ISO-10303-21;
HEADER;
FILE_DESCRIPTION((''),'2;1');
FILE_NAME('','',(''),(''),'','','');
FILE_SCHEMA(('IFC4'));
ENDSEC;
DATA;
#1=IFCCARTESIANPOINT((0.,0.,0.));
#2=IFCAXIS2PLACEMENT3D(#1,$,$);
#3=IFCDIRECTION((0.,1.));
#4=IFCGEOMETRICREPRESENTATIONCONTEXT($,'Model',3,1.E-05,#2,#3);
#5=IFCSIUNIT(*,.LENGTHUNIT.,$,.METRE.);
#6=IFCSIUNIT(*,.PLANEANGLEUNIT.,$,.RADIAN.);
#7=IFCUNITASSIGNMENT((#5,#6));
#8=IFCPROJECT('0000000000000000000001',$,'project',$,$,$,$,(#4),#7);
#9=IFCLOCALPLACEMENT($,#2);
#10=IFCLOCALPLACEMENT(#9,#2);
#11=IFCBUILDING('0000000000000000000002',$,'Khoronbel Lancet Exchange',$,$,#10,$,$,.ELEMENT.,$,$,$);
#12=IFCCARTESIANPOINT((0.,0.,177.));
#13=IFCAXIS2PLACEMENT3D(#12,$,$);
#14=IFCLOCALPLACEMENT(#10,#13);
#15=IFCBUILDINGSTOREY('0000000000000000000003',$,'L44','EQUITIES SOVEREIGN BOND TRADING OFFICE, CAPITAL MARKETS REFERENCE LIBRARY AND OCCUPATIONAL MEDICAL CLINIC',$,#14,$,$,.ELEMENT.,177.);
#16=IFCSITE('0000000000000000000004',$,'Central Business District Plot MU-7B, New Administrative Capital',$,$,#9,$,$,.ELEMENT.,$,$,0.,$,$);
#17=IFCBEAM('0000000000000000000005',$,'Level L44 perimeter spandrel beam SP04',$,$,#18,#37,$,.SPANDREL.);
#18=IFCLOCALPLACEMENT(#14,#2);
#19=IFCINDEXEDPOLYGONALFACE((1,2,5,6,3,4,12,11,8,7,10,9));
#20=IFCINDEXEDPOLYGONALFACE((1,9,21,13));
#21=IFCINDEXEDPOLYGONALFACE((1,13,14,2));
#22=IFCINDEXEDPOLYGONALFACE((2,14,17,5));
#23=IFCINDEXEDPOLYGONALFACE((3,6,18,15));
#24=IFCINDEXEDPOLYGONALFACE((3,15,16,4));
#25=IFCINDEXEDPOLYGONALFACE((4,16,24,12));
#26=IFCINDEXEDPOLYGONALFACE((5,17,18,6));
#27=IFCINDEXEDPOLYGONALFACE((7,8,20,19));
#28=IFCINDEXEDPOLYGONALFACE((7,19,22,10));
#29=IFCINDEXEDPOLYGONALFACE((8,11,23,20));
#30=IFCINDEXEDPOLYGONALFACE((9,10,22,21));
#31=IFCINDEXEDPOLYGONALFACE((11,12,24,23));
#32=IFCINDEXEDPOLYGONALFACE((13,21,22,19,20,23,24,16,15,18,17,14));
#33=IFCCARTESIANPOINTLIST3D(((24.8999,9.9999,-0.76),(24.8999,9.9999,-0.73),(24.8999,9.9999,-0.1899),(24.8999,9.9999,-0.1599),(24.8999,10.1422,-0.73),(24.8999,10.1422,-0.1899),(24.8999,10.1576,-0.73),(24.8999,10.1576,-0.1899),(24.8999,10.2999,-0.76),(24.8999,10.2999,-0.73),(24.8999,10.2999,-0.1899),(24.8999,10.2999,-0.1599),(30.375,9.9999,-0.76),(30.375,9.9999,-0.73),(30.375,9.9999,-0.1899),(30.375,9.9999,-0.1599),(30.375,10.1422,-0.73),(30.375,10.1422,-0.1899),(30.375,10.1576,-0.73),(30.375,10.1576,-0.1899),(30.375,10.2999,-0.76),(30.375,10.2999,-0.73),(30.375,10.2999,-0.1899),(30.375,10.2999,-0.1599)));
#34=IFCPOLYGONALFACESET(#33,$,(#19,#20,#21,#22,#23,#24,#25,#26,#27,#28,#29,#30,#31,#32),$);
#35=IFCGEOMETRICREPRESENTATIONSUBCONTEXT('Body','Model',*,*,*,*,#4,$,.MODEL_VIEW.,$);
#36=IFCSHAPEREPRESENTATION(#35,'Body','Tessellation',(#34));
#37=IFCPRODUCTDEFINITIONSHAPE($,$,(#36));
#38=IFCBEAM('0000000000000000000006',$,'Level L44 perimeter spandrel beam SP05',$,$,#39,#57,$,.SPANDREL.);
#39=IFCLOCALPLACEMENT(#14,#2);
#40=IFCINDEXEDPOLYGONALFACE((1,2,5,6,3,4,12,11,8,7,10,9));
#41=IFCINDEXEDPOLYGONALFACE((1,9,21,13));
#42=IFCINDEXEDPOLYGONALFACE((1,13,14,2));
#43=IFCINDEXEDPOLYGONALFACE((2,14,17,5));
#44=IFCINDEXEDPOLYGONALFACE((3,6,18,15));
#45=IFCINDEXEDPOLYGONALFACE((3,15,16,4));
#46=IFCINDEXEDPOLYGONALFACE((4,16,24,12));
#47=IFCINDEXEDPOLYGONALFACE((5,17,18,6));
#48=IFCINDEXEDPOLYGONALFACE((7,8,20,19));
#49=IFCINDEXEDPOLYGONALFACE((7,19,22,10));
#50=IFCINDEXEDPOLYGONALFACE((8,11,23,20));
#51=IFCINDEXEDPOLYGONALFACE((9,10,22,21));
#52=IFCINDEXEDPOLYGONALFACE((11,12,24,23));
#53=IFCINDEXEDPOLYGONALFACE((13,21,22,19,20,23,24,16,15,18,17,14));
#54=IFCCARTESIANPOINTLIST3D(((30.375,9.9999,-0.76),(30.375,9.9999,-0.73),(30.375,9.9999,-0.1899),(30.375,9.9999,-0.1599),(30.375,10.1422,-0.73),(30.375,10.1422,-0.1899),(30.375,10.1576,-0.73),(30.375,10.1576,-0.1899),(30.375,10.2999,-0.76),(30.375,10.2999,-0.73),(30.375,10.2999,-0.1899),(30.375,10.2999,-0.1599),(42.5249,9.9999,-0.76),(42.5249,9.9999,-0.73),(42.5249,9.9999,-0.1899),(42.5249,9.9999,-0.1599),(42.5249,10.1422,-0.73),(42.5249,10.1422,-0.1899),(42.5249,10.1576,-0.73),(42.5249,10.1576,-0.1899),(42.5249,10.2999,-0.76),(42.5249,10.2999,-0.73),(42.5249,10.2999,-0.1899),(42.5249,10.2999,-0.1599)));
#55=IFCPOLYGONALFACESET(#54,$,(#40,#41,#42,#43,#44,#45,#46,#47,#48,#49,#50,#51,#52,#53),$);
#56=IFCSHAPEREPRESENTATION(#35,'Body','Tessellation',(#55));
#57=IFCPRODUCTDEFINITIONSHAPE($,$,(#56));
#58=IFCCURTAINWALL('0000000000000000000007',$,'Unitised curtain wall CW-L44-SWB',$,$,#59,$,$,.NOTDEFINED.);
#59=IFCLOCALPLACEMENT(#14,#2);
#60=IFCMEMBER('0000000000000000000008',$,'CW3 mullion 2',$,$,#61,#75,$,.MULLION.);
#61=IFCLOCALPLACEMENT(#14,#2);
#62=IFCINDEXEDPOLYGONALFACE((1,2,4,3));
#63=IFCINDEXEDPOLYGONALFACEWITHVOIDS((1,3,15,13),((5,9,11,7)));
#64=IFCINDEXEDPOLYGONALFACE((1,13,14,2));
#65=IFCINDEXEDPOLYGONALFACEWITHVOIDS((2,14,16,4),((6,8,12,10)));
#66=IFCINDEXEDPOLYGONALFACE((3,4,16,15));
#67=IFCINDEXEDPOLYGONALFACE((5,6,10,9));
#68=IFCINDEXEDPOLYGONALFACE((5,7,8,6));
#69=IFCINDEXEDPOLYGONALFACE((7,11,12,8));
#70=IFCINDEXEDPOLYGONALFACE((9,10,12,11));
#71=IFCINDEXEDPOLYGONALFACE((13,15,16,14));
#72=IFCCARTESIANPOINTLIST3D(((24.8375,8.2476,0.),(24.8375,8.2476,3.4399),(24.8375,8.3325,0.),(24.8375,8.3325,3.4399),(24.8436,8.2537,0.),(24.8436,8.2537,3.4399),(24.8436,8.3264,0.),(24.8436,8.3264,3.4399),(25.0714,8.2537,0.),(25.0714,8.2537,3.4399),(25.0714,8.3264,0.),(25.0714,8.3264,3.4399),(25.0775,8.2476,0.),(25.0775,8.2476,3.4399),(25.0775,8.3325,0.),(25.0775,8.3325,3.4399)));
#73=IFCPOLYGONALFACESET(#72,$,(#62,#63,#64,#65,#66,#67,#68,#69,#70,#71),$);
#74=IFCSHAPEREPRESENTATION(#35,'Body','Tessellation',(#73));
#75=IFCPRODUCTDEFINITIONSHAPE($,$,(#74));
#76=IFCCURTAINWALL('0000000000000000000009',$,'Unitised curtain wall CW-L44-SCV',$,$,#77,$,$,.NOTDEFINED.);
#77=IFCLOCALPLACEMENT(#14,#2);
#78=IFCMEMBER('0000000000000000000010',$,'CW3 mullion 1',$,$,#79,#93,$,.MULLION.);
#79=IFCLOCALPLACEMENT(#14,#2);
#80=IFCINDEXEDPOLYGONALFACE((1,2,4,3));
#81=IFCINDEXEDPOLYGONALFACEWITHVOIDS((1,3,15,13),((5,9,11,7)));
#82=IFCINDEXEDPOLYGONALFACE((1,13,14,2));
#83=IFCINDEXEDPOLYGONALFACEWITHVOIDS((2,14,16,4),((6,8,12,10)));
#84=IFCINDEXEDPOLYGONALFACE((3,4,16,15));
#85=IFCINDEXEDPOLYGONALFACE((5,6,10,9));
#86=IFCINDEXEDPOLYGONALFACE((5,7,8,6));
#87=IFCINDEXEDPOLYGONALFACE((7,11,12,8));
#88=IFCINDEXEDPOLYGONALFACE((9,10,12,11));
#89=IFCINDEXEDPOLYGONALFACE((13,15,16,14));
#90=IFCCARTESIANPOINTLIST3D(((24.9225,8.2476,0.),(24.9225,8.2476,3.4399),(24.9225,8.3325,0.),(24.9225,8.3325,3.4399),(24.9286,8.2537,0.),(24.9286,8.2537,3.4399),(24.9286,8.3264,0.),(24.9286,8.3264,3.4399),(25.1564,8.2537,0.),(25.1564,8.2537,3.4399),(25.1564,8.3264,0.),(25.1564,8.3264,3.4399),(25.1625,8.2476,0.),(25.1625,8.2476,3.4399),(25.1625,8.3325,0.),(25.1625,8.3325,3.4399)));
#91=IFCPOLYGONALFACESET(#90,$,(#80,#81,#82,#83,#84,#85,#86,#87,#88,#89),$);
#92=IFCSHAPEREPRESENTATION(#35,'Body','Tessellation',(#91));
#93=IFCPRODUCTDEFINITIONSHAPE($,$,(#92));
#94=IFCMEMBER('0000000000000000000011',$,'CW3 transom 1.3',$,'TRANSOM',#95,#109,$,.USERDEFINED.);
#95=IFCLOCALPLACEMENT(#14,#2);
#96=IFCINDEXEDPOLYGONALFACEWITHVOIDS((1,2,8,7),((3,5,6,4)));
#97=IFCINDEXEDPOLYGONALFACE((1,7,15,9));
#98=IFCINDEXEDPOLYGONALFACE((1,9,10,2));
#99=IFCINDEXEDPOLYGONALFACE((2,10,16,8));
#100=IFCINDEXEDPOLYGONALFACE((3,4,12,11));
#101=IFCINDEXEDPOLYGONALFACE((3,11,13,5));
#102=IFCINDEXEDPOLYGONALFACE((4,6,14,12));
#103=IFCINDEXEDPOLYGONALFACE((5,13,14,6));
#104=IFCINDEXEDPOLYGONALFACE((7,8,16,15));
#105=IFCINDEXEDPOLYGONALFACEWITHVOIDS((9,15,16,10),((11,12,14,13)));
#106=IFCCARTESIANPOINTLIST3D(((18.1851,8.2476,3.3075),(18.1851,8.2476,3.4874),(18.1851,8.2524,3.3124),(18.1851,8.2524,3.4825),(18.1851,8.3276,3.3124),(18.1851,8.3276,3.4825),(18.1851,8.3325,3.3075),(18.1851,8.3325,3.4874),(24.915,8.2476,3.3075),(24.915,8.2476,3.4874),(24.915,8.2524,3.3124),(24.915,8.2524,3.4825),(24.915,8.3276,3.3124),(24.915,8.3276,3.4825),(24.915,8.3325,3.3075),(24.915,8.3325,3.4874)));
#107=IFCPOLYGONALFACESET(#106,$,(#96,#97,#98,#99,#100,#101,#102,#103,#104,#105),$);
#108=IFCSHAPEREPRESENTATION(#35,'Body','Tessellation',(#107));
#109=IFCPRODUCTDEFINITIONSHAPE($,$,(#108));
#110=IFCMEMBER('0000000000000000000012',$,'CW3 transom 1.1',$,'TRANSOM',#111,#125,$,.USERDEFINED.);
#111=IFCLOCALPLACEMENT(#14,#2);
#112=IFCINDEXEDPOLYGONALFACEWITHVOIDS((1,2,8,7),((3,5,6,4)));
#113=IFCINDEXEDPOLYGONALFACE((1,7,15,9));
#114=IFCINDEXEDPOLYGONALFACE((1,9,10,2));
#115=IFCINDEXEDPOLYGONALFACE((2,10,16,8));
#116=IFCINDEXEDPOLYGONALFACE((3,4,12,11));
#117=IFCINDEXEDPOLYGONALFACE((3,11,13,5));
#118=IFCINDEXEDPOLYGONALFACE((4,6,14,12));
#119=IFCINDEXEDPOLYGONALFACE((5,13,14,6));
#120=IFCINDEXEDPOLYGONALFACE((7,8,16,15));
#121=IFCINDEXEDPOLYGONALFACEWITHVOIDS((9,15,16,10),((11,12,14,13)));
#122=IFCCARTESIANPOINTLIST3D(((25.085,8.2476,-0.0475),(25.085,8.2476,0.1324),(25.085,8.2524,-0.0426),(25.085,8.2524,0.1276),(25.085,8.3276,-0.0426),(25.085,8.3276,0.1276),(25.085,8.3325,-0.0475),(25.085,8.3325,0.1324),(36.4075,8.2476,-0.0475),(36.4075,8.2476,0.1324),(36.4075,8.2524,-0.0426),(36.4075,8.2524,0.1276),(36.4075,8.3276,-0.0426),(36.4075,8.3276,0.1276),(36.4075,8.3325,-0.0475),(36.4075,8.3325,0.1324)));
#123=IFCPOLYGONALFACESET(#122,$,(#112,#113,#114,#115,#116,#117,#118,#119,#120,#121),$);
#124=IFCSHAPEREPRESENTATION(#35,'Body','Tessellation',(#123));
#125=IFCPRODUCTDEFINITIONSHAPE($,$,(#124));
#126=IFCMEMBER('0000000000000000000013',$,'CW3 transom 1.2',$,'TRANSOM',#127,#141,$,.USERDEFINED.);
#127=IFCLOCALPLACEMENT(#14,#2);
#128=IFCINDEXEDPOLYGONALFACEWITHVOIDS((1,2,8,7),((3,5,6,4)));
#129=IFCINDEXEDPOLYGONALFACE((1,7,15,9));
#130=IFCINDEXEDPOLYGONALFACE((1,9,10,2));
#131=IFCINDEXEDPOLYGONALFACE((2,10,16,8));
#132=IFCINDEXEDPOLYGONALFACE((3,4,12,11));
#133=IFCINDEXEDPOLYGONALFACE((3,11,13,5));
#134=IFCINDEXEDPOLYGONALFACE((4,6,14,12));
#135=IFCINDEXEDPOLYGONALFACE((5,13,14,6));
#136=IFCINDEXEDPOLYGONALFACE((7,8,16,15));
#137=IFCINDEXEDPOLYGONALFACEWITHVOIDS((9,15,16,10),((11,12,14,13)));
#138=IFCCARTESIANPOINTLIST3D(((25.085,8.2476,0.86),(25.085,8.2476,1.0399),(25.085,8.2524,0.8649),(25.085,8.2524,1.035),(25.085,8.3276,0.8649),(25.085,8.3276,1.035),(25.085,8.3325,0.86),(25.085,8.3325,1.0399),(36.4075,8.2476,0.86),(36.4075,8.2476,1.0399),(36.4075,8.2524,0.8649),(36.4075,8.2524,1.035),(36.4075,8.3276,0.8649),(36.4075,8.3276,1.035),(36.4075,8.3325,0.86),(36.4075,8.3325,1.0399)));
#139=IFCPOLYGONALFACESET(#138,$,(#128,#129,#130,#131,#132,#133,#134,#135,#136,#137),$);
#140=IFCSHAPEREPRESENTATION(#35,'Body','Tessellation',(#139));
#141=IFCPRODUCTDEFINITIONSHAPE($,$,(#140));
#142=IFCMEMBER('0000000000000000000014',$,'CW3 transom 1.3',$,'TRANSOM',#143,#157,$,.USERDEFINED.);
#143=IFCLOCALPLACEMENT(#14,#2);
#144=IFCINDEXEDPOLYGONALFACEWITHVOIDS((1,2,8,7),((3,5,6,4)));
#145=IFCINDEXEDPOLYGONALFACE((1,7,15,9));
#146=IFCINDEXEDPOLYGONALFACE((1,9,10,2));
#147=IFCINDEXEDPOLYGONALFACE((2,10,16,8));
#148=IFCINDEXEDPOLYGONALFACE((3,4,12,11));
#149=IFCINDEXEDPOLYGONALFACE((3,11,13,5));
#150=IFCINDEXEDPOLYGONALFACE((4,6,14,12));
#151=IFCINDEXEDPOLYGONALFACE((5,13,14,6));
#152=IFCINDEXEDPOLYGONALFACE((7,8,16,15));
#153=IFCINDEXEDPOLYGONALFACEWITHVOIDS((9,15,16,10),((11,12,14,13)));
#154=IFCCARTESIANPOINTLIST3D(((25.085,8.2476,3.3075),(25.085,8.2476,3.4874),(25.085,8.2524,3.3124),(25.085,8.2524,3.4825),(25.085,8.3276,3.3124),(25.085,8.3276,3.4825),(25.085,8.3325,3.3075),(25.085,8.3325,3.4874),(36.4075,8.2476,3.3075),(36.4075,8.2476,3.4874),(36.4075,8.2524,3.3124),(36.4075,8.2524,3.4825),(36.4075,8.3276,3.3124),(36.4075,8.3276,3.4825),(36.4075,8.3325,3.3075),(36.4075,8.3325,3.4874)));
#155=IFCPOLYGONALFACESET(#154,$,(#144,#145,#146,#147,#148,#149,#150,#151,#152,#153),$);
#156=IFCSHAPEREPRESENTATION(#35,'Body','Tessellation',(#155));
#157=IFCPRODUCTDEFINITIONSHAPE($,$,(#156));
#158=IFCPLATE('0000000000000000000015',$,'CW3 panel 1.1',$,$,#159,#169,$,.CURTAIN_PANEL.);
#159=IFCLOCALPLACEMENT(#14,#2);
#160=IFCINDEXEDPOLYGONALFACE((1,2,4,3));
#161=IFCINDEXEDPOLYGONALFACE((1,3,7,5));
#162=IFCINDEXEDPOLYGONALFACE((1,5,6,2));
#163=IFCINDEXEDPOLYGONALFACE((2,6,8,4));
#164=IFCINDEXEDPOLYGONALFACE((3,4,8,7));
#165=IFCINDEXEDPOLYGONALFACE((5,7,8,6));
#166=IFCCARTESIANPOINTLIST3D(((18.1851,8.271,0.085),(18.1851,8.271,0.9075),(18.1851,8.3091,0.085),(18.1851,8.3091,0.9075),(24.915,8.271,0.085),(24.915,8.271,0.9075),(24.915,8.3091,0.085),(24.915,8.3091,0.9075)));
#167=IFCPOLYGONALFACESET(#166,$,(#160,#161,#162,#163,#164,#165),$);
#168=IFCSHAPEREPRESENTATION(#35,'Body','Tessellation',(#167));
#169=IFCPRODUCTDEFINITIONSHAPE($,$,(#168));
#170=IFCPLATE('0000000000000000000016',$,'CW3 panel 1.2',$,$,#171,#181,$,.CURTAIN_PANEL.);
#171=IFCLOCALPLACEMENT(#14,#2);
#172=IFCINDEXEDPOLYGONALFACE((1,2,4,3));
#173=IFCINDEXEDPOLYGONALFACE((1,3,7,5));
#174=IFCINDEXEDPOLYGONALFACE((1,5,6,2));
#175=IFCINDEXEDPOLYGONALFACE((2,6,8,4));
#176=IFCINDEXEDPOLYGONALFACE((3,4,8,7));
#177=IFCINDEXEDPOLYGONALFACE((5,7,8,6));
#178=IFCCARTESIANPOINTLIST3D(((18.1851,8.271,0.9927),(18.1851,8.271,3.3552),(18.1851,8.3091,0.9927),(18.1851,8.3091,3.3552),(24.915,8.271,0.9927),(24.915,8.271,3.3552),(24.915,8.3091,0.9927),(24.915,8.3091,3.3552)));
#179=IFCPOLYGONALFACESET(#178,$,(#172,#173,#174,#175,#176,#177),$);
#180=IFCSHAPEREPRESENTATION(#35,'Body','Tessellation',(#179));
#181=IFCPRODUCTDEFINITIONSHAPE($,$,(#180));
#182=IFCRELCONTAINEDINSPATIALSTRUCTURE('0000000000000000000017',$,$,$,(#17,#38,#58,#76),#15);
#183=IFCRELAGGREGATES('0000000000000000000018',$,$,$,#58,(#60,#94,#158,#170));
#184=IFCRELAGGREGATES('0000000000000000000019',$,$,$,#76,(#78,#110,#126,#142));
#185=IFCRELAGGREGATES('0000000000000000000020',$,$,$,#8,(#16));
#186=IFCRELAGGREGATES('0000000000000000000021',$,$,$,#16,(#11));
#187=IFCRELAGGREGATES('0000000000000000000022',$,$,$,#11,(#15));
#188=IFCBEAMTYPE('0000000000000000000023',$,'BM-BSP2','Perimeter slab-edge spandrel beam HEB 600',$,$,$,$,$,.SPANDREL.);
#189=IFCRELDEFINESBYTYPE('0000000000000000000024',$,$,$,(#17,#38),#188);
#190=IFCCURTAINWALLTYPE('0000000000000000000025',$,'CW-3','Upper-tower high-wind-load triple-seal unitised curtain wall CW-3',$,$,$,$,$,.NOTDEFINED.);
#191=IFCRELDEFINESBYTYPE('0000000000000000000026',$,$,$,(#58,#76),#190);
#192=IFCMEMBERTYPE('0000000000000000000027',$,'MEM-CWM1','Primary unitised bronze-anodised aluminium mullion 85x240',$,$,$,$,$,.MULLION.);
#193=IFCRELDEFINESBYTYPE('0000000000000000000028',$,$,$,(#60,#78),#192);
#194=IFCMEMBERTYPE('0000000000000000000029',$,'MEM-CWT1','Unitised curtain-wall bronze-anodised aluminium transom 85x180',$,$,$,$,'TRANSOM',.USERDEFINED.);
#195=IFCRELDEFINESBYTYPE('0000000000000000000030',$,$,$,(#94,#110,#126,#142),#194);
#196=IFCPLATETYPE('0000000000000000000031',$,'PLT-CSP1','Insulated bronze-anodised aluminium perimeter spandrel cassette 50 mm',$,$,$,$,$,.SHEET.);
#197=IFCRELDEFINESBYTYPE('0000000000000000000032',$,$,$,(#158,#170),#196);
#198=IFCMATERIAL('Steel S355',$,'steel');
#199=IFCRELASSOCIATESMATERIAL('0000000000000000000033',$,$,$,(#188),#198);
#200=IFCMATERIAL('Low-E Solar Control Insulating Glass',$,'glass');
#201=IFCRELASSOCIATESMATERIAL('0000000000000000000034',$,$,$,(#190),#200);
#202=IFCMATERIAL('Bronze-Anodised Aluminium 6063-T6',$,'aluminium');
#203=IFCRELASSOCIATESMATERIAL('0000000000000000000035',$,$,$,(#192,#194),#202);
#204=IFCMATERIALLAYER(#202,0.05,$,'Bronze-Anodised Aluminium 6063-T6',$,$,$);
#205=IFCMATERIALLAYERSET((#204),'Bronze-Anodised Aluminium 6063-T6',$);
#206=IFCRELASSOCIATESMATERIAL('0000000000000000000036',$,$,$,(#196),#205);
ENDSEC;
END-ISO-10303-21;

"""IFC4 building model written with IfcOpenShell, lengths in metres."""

from ifc_helpers import new_model, si_unit, direction, frame, origin, origin_2d, place, context, subcontext, project, spatial, rectangle, hollow_rectangle, i_section, extrude, material, layer, layer_set, material_profile, profile_set, type_object, element, aggregate, save


model = new_model("IFC4")

# Units and contexts
model_context = context("Model", 3, precision=1e-05, world=origin(), true_north=direction((0.0, 1.0)))
body_context = subcontext(model_context, "Body", "Model", "MODEL_VIEW")
ifc_project = project(units=[si_unit("LENGTHUNIT", "METRE"), si_unit("PLANEANGLEUNIT", "RADIAN")], contexts=[model_context])

# Site, building, storey
site_placement = place(None, origin())
site = spatial("IfcSite", under=ifc_project, at=site_placement, Name="Central Business District Plot MU-7B, New Administrative Capital", CompositionType="ELEMENT", RefElevation=0.0)
building_placement = place(site_placement, origin())
building = spatial("IfcBuilding", under=site, at=building_placement, Name="Khoronbel Lancet Exchange", CompositionType="ELEMENT")
storey_placement = place(building_placement, frame((0.0, 0.0, 177.0)))
storey = spatial("IfcBuildingStorey", under=building, at=storey_placement, Name="L44", Description="EQUITIES SOVEREIGN BOND TRADING OFFICE, CAPITAL MARKETS REFERENCE LIBRARY AND OCCUPATIONAL MEDICAL CLINIC", CompositionType="ELEMENT", Elevation=177.0)

# Beams
ifc_material_1 = material(Name="Steel S355", Category="steel")
ifc_material_profile_1 = material_profile(ifc_material_1, i_section(OverallWidth=0.3, OverallDepth=0.6001, WebThickness=0.0154, FlangeThickness=0.03, at=origin_2d()), Name="HEB 600")
ifc_profile_set_1 = profile_set([ifc_material_profile_1], Name="Steel S355")
beam_type_1 = type_object("IfcBeamType", Name="BM-BSP2", Description="Perimeter slab-edge spandrel beam HEB 600", PredefinedType="SPANDREL", material=ifc_profile_set_1)
beam_1_placement = place(storey_placement, frame((24.8999, 10.1499, -0.46), z_axis=(1.0, 0.0, 0.0), x_axis=(0.0, 1.0, 0.0)))
element("IfcBeam", 1, at=beam_1_placement, inside=storey, type_object=beam_type_1, Name="Level L44 perimeter spandrel beam SP04", PredefinedType="SPANDREL", context=body_context, shape_type="SweptSolid", body=[
    extrude(i_section(OverallWidth=0.3, OverallDepth=0.6001, WebThickness=0.0154, FlangeThickness=0.03, at=origin_2d()), origin(), (0.0, 0.0, 1.0), 5.4751),
])
beam_2_placement = place(storey_placement, frame((30.375, 10.1499, -0.46), z_axis=(1.0, 0.0, 0.0), x_axis=(0.0, 1.0, 0.0)))
element("IfcBeam", 2, at=beam_2_placement, inside=storey, type_object=beam_type_1, Name="Level L44 perimeter spandrel beam SP05", PredefinedType="SPANDREL", context=body_context, shape_type="SweptSolid", body=[
    extrude(i_section(OverallWidth=0.3, OverallDepth=0.6001, WebThickness=0.0154, FlangeThickness=0.03, at=origin_2d()), origin(), (0.0, 0.0, 1.0), 12.1499),
])

# Curtain walls, members
ifc_material_2 = material(Name="Low-E Solar Control Insulating Glass", Category="glass")
curtain_wall_type = type_object("IfcCurtainWallType", Name="CW-3", Description="Upper-tower high-wind-load triple-seal unitised curtain wall CW-3", PredefinedType="NOTDEFINED", material=ifc_material_2)
curtain_wall_1_placement = place(storey_placement, origin())
curtain_wall_1 = element("IfcCurtainWall", 3, at=curtain_wall_1_placement, inside=storey, type_object=curtain_wall_type, Name="Unitised curtain wall CW-L44-SWB", PredefinedType="NOTDEFINED")
ifc_material_3 = material(Name="Bronze-Anodised Aluminium 6063-T6", Category="aluminium")
ifc_material_profile_2 = material_profile(ifc_material_3, hollow_rectangle(XDim=0.085, YDim=0.24, WallThickness=0.0061, at=origin_2d()), Name="ALU MULLION 85x240")
ifc_profile_set_2 = profile_set([ifc_material_profile_2], Name="Bronze-Anodised Aluminium 6063-T6")
member_type_1 = type_object("IfcMemberType", Name="MEM-CWM1", Description="Primary unitised bronze-anodised aluminium mullion 85x240", PredefinedType="MULLION", material=ifc_profile_set_2)
member_1_placement = place(storey_placement, frame((24.9575, 8.29, 0.0), z_axis=(0.0, 0.0, 1.0), x_axis=(0.0, 1.0, 0.0)))
member_1 = element("IfcMember", 4, at=member_1_placement, type_object=member_type_1, Name="CW3 mullion 2", PredefinedType="MULLION", context=body_context, shape_type="SweptSolid", body=[
    extrude(hollow_rectangle(XDim=0.085, YDim=0.24, WallThickness=0.0061, at=origin_2d()), origin(), (0.0, 0.0, 1.0), 3.4399),
])
curtain_wall_2_placement = place(storey_placement, origin())
curtain_wall_2 = element("IfcCurtainWall", 5, at=curtain_wall_2_placement, inside=storey, type_object=curtain_wall_type, Name="Unitised curtain wall CW-L44-SCV", PredefinedType="NOTDEFINED")
member_2_placement = place(storey_placement, frame((25.0425, 8.29, 0.0), z_axis=(0.0, 0.0, 1.0), x_axis=(0.0, 1.0, 0.0)))
member_2 = element("IfcMember", 6, at=member_2_placement, type_object=member_type_1, Name="CW3 mullion 1", PredefinedType="MULLION", context=body_context, shape_type="SweptSolid", body=[
    extrude(hollow_rectangle(XDim=0.085, YDim=0.24, WallThickness=0.0061, at=origin_2d()), origin(), (0.0, 0.0, 1.0), 3.4399),
])

# Members
ifc_material_profile_3 = material_profile(ifc_material_3, hollow_rectangle(XDim=0.085, YDim=0.1799, WallThickness=0.0049, at=origin_2d()), Name="ALU TRANSOM 85x180")
ifc_profile_set_3 = profile_set([ifc_material_profile_3], Name="Bronze-Anodised Aluminium 6063-T6")
member_type_2 = type_object("IfcMemberType", Name="MEM-CWT1", Description="Unitised curtain-wall bronze-anodised aluminium transom 85x180", ElementType="TRANSOM", PredefinedType="USERDEFINED", material=ifc_profile_set_3)
member_3_placement = place(storey_placement, frame((18.1851, 8.29, 3.3975), z_axis=(1.0, 0.0, 0.0), x_axis=(0.0, 1.0, 0.0)))
member_3 = element("IfcMember", 7, at=member_3_placement, type_object=member_type_2, Name="CW3 transom 1.3", ObjectType="TRANSOM", PredefinedType="USERDEFINED", context=body_context, shape_type="SweptSolid", body=[
    extrude(hollow_rectangle(XDim=0.085, YDim=0.1799, WallThickness=0.0049, at=origin_2d()), origin(), (0.0, 0.0, 1.0), 6.73),
])
member_4_placement = place(storey_placement, frame((25.085, 8.29, 0.0425), z_axis=(1.0, 0.0, 0.0), x_axis=(0.0, 1.0, 0.0)))
member_4 = element("IfcMember", 8, at=member_4_placement, type_object=member_type_2, Name="CW3 transom 1.1", ObjectType="TRANSOM", PredefinedType="USERDEFINED", context=body_context, shape_type="SweptSolid", body=[
    extrude(hollow_rectangle(XDim=0.085, YDim=0.1799, WallThickness=0.0049, at=origin_2d()), origin(), (0.0, 0.0, 1.0), 11.3225),
])
member_5_placement = place(storey_placement, frame((25.085, 8.29, 0.95), z_axis=(1.0, 0.0, 0.0), x_axis=(0.0, 1.0, 0.0)))
member_5 = element("IfcMember", 9, at=member_5_placement, type_object=member_type_2, Name="CW3 transom 1.2", ObjectType="TRANSOM", PredefinedType="USERDEFINED", context=body_context, shape_type="SweptSolid", body=[
    extrude(hollow_rectangle(XDim=0.085, YDim=0.1799, WallThickness=0.0049, at=origin_2d()), origin(), (0.0, 0.0, 1.0), 11.3225),
])
member_6_placement = place(storey_placement, frame((25.085, 8.29, 3.3975), z_axis=(1.0, 0.0, 0.0), x_axis=(0.0, 1.0, 0.0)))
member_6 = element("IfcMember", 10, at=member_6_placement, type_object=member_type_2, Name="CW3 transom 1.3", ObjectType="TRANSOM", PredefinedType="USERDEFINED", context=body_context, shape_type="SweptSolid", body=[
    extrude(hollow_rectangle(XDim=0.085, YDim=0.1799, WallThickness=0.0049, at=origin_2d()), origin(), (0.0, 0.0, 1.0), 11.3225),
])

# Plates
ifc_layer_1 = layer(ifc_material_3, 0.05, Name="Bronze-Anodised Aluminium 6063-T6")
ifc_layer_set_1 = layer_set([ifc_layer_1], Name="Bronze-Anodised Aluminium 6063-T6")
plate_type_1 = type_object("IfcPlateType", Name="PLT-CSP1", Description="Insulated bronze-anodised aluminium perimeter spandrel cassette 50 mm", PredefinedType="SHEET", material=ifc_layer_set_1)
plate_1_placement = place(storey_placement, frame((21.55, 8.29, 0.085), z_axis=(0.0, 0.0, 1.0), x_axis=(1.0, 0.0, 0.0)))
plate_1 = element("IfcPlate", 11, at=plate_1_placement, type_object=plate_type_1, Name="CW3 panel 1.1", PredefinedType="CURTAIN_PANEL", context=body_context, shape_type="SweptSolid", body=[
    extrude(rectangle(XDim=6.73, YDim=0.0381, at=origin_2d()), origin(), (0.0, 0.0, 1.0), 0.8225),
])
plate_2_placement = place(storey_placement, frame((21.55, 8.29, 0.9927), z_axis=(0.0, 0.0, 1.0), x_axis=(1.0, 0.0, 0.0)))
plate_2 = element("IfcPlate", 12, at=plate_2_placement, type_object=plate_type_1, Name="CW3 panel 1.2", PredefinedType="CURTAIN_PANEL", context=body_context, shape_type="SweptSolid", body=[
    extrude(rectangle(XDim=6.73, YDim=0.0381, at=origin_2d()), origin(), (0.0, 0.0, 1.0), 2.3625),
])
aggregate(curtain_wall_1, [member_1, member_3, plate_1, plate_2])
aggregate(curtain_wall_2, [member_2, member_4, member_5, member_6])

save(model, "model.ifc")
